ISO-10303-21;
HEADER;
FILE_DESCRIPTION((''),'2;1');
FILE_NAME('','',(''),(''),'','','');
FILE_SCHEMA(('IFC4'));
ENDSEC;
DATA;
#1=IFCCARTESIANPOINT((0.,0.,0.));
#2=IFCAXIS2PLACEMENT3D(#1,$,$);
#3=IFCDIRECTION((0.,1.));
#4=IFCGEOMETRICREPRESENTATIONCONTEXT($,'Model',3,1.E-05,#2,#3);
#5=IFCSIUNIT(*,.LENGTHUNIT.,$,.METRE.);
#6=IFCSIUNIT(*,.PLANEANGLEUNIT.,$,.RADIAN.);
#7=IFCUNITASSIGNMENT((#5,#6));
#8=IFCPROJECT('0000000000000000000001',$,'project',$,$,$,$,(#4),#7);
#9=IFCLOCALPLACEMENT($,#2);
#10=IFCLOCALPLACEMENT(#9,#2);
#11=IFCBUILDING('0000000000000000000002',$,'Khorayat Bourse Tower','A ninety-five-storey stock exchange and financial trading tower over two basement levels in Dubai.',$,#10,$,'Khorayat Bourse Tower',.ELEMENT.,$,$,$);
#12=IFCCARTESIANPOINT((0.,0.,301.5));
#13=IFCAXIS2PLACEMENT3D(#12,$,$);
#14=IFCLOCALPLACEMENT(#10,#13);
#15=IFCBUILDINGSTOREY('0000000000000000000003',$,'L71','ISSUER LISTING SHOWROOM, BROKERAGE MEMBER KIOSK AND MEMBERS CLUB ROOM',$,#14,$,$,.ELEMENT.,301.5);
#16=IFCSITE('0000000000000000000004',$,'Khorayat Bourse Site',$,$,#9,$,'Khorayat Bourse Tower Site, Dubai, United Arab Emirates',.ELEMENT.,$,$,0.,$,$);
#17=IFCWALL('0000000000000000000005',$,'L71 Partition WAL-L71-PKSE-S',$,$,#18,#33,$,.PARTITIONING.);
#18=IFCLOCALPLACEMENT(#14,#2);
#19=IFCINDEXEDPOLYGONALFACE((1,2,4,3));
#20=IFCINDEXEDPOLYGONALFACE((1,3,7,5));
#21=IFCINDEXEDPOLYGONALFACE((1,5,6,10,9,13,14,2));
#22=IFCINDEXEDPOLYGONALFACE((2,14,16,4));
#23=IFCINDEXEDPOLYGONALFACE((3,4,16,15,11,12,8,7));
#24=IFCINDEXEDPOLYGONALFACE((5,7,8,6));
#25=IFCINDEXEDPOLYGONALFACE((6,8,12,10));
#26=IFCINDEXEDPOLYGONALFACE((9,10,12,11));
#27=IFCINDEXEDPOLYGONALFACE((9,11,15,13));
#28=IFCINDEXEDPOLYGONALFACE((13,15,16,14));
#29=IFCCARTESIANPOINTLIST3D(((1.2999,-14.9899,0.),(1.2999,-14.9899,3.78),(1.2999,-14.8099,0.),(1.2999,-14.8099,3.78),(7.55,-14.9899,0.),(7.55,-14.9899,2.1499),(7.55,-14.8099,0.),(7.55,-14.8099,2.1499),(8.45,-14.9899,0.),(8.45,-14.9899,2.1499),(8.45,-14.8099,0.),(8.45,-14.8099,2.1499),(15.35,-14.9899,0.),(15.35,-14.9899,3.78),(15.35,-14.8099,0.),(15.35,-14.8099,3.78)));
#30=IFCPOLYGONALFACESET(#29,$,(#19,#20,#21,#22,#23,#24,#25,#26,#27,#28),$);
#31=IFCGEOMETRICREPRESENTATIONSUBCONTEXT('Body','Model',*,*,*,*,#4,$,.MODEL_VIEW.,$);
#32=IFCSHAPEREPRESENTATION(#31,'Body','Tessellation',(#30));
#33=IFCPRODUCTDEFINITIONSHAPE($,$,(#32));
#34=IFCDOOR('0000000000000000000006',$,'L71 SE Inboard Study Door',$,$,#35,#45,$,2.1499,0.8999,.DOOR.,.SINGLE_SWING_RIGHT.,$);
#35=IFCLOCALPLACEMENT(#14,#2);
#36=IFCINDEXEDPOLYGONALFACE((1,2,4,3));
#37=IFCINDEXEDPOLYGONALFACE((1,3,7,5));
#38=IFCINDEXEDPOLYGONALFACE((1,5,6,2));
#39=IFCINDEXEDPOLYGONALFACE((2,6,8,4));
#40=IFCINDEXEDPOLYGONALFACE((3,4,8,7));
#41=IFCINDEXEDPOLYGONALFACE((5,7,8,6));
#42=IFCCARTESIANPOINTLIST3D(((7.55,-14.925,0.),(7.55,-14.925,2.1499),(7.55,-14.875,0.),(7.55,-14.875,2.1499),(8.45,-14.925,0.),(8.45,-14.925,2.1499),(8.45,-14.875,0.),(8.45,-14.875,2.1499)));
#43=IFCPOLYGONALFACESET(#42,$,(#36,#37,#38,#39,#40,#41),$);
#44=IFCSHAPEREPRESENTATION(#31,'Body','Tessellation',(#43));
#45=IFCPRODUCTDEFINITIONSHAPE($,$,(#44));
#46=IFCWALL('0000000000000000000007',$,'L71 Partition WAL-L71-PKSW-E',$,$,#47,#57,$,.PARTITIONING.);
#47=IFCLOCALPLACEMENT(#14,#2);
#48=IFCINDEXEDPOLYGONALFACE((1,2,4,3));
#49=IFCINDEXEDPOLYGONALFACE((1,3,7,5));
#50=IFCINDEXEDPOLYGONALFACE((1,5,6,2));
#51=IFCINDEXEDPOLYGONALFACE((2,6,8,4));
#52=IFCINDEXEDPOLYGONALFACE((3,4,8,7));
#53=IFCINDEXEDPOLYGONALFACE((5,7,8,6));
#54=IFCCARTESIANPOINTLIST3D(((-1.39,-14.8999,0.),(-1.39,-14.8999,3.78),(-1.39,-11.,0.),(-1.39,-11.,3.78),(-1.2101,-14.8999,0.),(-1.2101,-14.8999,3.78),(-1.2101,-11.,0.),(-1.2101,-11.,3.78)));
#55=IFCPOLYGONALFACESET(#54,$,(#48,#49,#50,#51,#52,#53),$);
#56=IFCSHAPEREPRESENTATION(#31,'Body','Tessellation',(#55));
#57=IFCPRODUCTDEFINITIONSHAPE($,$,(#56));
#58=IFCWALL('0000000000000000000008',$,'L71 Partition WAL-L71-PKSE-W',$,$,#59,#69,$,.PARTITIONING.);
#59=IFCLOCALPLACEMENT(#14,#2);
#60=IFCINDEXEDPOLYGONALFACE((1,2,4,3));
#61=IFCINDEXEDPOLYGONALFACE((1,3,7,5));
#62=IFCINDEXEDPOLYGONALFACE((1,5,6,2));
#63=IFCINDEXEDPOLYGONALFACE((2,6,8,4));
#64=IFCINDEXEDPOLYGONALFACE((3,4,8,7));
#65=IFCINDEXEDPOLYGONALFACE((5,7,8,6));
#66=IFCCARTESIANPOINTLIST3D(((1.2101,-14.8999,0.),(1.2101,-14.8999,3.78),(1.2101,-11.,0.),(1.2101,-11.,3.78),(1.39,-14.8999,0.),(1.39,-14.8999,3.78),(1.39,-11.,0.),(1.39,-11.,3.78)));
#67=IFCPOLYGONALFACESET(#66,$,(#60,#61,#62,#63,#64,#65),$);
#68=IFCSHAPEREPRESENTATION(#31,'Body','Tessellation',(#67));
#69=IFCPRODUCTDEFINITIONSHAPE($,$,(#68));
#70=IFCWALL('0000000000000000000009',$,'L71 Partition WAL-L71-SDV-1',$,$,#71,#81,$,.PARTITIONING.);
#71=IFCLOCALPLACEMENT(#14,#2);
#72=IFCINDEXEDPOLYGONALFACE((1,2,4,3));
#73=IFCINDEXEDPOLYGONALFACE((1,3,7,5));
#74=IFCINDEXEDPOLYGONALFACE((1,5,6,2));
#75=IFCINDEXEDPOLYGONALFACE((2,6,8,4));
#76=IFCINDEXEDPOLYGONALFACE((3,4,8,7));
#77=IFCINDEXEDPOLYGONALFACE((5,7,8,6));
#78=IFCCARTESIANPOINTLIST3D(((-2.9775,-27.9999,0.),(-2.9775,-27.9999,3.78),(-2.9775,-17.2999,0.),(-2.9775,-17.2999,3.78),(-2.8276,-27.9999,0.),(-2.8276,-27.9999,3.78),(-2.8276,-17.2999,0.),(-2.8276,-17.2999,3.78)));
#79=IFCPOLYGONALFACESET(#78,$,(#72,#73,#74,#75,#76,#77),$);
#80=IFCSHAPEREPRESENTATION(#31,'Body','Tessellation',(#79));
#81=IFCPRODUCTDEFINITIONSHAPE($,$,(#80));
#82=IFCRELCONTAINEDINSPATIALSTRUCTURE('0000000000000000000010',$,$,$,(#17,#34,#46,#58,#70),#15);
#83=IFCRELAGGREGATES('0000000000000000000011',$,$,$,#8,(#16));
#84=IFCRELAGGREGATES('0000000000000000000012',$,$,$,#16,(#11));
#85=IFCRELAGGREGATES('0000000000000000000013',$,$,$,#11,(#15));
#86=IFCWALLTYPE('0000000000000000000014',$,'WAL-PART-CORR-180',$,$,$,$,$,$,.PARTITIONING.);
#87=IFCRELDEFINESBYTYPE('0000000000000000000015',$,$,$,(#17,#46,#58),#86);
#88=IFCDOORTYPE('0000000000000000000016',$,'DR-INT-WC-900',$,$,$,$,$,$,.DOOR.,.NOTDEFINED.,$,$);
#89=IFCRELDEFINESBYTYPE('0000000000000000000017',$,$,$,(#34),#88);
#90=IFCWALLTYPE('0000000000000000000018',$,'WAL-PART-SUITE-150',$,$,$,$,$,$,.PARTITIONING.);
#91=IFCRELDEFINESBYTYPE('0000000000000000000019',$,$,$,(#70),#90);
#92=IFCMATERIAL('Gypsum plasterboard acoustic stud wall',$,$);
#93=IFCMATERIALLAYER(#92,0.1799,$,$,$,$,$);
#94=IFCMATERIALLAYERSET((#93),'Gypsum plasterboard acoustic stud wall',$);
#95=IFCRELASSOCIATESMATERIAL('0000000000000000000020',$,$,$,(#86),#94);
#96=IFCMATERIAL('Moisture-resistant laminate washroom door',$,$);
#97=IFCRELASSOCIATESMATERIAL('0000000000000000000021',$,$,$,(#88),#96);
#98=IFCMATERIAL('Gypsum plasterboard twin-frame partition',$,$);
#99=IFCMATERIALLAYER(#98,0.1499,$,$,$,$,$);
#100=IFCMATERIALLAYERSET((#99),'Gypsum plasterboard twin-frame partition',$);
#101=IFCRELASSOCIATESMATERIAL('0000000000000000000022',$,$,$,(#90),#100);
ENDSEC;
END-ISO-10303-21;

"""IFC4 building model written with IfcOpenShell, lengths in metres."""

from ifc_helpers import new_model, si_unit, direction, frame, frame_2d, origin, place, context, subcontext, project, spatial, rectangle, extrude, source, transform, mapped, material, layer, layer_set, type_object, element, fill, save


model = new_model("IFC4")

# Units and contexts
model_context = context("Model", 3, precision=1e-05, world=origin(), true_north=direction((0.0, 1.0)))
body_context = subcontext(model_context, "Body", "Model", "MODEL_VIEW")
ifc_project = project(units=[si_unit("LENGTHUNIT", "METRE"), si_unit("PLANEANGLEUNIT", "RADIAN")], contexts=[model_context])

# Site, building, storey
site_placement = place(None, origin())
site = spatial("IfcSite", under=ifc_project, at=site_placement, Name="Khorayat Bourse Site", LongName="Khorayat Bourse Tower Site, Dubai, United Arab Emirates", CompositionType="ELEMENT", RefElevation=0.0)
building_placement = place(site_placement, origin())
building = spatial("IfcBuilding", under=site, at=building_placement, Name="Khorayat Bourse Tower", Description="A ninety-five-storey stock exchange and financial trading tower over two basement levels in Dubai.", LongName="Khorayat Bourse Tower", CompositionType="ELEMENT")
storey_placement = place(building_placement, frame((0.0, 0.0, 301.5)))
storey = spatial("IfcBuildingStorey", under=building, at=storey_placement, Name="L71", Description="ISSUER LISTING SHOWROOM, BROKERAGE MEMBER KIOSK AND MEMBERS CLUB ROOM", CompositionType="ELEMENT", Elevation=301.5)

# Wall, opening, door
ifc_material_1 = material(Name="Gypsum plasterboard acoustic stud wall")
ifc_layer_1 = layer(ifc_material_1, 0.1799)
ifc_layer_set_1 = layer_set([ifc_layer_1], Name="Gypsum plasterboard acoustic stud wall")
wall_type_1 = type_object("IfcWallType", Name="WAL-PART-CORR-180", PredefinedType="PARTITIONING", material=ifc_layer_set_1)
shared_shape_1 = source(origin(), body_context, "Body", "SweptSolid", [
    extrude(rectangle(XDim=14.05, YDim=0.1799, at=frame_2d((7.0249, 0.0))), origin(), (0.0, 0.0, 1.0), 3.78),
])
wall_1_placement = place(storey_placement, frame((1.3, -14.8999, 0.0), z_axis=(0.0, 0.0, 1.0), x_axis=(1.0, 0.0, 0.0)))
wall_1 = element("IfcWall", 1, at=wall_1_placement, inside=storey, type_object=wall_type_1, Name="L71 Partition WAL-L71-PKSE-S", PredefinedType="PARTITIONING", context=body_context, shape_type="MappedRepresentation", body=[
    mapped(shared_shape_1, transform((0.0, 0.0, 0.0), scale=1.0)),
])
shared_shape_2 = source(origin(), body_context, "Body", "SweptSolid", [
    extrude(rectangle(XDim=0.8999, YDim=2.1499, at=frame_2d((0.45, 1.075))), frame((0.0, 0.0999, 0.0), z_axis=(0.0, -1.0, 0.0), x_axis=(1.0, 0.0, 0.0)), (0.0, 0.0, 1.0), 0.2),
])
opening_placement = place(wall_1_placement, frame((6.25, 0.0, 0.0)))
opening = element("IfcOpeningElement", 2, at=opening_placement, cuts=wall_1, PredefinedType="OPENING", context=body_context, shape_type="MappedRepresentation", body=[
    mapped(shared_shape_2, transform((0.0, 0.0, 0.0), scale=1.0)),
])
ifc_material_2 = material(Name="Moisture-resistant laminate washroom door")
door_type = type_object("IfcDoorType", Name="DR-INT-WC-900", OperationType="NOTDEFINED", PredefinedType="DOOR", material=ifc_material_2)
shared_shape_3 = source(origin(), body_context, "Body", "SweptSolid", [
    extrude(rectangle(XDim=0.8999, YDim=2.1499, at=frame_2d((0.45, 1.075))), frame((0.0, 0.0249, 0.0), z_axis=(0.0, -1.0, 0.0), x_axis=(1.0, 0.0, 0.0)), (0.0, 0.0, 1.0), 0.05),
])
door_placement = place(opening_placement, origin())
door = element("IfcDoor", 3, at=door_placement, inside=storey, type_object=door_type, Name="L71 SE Inboard Study Door", OperationType="SINGLE_SWING_RIGHT", OverallHeight=2.1499, OverallWidth=0.8999, PredefinedType="DOOR", context=body_context, shape_type="MappedRepresentation", body=[
    mapped(shared_shape_3, transform((0.0, 0.0, 0.0), scale=1.0)),
])
fill(opening, door)

# Walls
shared_shape_4 = source(origin(), body_context, "Body", "SweptSolid", [
    extrude(rectangle(XDim=3.8999, YDim=0.1799, at=frame_2d((1.95, 0.0))), origin(), (0.0, 0.0, 1.0), 3.78),
])
for number, where, z_axis, x_axis, name in (
    (4, (-1.3, -14.8999, 0.0), (0.0, 0.0, 1.0), (0.0, 1.0, 0.0), "L71 Partition WAL-L71-PKSW-E"),
    (5, (1.3, -14.8999, 0.0), (0.0, 0.0, 1.0), (0.0, 1.0, 0.0), "L71 Partition WAL-L71-PKSE-W"),
):
    element("IfcWall", number, at=place(storey_placement, frame(where, z_axis=z_axis, x_axis=x_axis)), inside=storey, type_object=wall_type_1, Name=name, PredefinedType="PARTITIONING", context=body_context, shape_type="MappedRepresentation", body=[
        mapped(shared_shape_4, transform((0.0, 0.0, 0.0), scale=1.0)),
    ])
ifc_material_3 = material(Name="Gypsum plasterboard twin-frame partition")
ifc_layer_2 = layer(ifc_material_3, 0.1499)
ifc_layer_set_2 = layer_set([ifc_layer_2], Name="Gypsum plasterboard twin-frame partition")
wall_type_2 = type_object("IfcWallType", Name="WAL-PART-SUITE-150", PredefinedType="PARTITIONING", material=ifc_layer_set_2)
shared_shape_5 = source(origin(), body_context, "Body", "SweptSolid", [
    extrude(rectangle(XDim=10.7, YDim=0.1499, at=frame_2d((5.3501, 0.0))), origin(), (0.0, 0.0, 1.0), 3.78),
])
wall_2_placement = place(storey_placement, frame((-2.9026, -28.0, 0.0), z_axis=(0.0, 0.0, 1.0), x_axis=(0.0, 1.0, 0.0)))
element("IfcWall", 6, at=wall_2_placement, inside=storey, type_object=wall_type_2, Name="L71 Partition WAL-L71-SDV-1", PredefinedType="PARTITIONING", context=body_context, shape_type="MappedRepresentation", body=[
    mapped(shared_shape_5, transform((0.0, 0.0, 0.0), scale=1.0)),
])

save(model, "model.ifc")
